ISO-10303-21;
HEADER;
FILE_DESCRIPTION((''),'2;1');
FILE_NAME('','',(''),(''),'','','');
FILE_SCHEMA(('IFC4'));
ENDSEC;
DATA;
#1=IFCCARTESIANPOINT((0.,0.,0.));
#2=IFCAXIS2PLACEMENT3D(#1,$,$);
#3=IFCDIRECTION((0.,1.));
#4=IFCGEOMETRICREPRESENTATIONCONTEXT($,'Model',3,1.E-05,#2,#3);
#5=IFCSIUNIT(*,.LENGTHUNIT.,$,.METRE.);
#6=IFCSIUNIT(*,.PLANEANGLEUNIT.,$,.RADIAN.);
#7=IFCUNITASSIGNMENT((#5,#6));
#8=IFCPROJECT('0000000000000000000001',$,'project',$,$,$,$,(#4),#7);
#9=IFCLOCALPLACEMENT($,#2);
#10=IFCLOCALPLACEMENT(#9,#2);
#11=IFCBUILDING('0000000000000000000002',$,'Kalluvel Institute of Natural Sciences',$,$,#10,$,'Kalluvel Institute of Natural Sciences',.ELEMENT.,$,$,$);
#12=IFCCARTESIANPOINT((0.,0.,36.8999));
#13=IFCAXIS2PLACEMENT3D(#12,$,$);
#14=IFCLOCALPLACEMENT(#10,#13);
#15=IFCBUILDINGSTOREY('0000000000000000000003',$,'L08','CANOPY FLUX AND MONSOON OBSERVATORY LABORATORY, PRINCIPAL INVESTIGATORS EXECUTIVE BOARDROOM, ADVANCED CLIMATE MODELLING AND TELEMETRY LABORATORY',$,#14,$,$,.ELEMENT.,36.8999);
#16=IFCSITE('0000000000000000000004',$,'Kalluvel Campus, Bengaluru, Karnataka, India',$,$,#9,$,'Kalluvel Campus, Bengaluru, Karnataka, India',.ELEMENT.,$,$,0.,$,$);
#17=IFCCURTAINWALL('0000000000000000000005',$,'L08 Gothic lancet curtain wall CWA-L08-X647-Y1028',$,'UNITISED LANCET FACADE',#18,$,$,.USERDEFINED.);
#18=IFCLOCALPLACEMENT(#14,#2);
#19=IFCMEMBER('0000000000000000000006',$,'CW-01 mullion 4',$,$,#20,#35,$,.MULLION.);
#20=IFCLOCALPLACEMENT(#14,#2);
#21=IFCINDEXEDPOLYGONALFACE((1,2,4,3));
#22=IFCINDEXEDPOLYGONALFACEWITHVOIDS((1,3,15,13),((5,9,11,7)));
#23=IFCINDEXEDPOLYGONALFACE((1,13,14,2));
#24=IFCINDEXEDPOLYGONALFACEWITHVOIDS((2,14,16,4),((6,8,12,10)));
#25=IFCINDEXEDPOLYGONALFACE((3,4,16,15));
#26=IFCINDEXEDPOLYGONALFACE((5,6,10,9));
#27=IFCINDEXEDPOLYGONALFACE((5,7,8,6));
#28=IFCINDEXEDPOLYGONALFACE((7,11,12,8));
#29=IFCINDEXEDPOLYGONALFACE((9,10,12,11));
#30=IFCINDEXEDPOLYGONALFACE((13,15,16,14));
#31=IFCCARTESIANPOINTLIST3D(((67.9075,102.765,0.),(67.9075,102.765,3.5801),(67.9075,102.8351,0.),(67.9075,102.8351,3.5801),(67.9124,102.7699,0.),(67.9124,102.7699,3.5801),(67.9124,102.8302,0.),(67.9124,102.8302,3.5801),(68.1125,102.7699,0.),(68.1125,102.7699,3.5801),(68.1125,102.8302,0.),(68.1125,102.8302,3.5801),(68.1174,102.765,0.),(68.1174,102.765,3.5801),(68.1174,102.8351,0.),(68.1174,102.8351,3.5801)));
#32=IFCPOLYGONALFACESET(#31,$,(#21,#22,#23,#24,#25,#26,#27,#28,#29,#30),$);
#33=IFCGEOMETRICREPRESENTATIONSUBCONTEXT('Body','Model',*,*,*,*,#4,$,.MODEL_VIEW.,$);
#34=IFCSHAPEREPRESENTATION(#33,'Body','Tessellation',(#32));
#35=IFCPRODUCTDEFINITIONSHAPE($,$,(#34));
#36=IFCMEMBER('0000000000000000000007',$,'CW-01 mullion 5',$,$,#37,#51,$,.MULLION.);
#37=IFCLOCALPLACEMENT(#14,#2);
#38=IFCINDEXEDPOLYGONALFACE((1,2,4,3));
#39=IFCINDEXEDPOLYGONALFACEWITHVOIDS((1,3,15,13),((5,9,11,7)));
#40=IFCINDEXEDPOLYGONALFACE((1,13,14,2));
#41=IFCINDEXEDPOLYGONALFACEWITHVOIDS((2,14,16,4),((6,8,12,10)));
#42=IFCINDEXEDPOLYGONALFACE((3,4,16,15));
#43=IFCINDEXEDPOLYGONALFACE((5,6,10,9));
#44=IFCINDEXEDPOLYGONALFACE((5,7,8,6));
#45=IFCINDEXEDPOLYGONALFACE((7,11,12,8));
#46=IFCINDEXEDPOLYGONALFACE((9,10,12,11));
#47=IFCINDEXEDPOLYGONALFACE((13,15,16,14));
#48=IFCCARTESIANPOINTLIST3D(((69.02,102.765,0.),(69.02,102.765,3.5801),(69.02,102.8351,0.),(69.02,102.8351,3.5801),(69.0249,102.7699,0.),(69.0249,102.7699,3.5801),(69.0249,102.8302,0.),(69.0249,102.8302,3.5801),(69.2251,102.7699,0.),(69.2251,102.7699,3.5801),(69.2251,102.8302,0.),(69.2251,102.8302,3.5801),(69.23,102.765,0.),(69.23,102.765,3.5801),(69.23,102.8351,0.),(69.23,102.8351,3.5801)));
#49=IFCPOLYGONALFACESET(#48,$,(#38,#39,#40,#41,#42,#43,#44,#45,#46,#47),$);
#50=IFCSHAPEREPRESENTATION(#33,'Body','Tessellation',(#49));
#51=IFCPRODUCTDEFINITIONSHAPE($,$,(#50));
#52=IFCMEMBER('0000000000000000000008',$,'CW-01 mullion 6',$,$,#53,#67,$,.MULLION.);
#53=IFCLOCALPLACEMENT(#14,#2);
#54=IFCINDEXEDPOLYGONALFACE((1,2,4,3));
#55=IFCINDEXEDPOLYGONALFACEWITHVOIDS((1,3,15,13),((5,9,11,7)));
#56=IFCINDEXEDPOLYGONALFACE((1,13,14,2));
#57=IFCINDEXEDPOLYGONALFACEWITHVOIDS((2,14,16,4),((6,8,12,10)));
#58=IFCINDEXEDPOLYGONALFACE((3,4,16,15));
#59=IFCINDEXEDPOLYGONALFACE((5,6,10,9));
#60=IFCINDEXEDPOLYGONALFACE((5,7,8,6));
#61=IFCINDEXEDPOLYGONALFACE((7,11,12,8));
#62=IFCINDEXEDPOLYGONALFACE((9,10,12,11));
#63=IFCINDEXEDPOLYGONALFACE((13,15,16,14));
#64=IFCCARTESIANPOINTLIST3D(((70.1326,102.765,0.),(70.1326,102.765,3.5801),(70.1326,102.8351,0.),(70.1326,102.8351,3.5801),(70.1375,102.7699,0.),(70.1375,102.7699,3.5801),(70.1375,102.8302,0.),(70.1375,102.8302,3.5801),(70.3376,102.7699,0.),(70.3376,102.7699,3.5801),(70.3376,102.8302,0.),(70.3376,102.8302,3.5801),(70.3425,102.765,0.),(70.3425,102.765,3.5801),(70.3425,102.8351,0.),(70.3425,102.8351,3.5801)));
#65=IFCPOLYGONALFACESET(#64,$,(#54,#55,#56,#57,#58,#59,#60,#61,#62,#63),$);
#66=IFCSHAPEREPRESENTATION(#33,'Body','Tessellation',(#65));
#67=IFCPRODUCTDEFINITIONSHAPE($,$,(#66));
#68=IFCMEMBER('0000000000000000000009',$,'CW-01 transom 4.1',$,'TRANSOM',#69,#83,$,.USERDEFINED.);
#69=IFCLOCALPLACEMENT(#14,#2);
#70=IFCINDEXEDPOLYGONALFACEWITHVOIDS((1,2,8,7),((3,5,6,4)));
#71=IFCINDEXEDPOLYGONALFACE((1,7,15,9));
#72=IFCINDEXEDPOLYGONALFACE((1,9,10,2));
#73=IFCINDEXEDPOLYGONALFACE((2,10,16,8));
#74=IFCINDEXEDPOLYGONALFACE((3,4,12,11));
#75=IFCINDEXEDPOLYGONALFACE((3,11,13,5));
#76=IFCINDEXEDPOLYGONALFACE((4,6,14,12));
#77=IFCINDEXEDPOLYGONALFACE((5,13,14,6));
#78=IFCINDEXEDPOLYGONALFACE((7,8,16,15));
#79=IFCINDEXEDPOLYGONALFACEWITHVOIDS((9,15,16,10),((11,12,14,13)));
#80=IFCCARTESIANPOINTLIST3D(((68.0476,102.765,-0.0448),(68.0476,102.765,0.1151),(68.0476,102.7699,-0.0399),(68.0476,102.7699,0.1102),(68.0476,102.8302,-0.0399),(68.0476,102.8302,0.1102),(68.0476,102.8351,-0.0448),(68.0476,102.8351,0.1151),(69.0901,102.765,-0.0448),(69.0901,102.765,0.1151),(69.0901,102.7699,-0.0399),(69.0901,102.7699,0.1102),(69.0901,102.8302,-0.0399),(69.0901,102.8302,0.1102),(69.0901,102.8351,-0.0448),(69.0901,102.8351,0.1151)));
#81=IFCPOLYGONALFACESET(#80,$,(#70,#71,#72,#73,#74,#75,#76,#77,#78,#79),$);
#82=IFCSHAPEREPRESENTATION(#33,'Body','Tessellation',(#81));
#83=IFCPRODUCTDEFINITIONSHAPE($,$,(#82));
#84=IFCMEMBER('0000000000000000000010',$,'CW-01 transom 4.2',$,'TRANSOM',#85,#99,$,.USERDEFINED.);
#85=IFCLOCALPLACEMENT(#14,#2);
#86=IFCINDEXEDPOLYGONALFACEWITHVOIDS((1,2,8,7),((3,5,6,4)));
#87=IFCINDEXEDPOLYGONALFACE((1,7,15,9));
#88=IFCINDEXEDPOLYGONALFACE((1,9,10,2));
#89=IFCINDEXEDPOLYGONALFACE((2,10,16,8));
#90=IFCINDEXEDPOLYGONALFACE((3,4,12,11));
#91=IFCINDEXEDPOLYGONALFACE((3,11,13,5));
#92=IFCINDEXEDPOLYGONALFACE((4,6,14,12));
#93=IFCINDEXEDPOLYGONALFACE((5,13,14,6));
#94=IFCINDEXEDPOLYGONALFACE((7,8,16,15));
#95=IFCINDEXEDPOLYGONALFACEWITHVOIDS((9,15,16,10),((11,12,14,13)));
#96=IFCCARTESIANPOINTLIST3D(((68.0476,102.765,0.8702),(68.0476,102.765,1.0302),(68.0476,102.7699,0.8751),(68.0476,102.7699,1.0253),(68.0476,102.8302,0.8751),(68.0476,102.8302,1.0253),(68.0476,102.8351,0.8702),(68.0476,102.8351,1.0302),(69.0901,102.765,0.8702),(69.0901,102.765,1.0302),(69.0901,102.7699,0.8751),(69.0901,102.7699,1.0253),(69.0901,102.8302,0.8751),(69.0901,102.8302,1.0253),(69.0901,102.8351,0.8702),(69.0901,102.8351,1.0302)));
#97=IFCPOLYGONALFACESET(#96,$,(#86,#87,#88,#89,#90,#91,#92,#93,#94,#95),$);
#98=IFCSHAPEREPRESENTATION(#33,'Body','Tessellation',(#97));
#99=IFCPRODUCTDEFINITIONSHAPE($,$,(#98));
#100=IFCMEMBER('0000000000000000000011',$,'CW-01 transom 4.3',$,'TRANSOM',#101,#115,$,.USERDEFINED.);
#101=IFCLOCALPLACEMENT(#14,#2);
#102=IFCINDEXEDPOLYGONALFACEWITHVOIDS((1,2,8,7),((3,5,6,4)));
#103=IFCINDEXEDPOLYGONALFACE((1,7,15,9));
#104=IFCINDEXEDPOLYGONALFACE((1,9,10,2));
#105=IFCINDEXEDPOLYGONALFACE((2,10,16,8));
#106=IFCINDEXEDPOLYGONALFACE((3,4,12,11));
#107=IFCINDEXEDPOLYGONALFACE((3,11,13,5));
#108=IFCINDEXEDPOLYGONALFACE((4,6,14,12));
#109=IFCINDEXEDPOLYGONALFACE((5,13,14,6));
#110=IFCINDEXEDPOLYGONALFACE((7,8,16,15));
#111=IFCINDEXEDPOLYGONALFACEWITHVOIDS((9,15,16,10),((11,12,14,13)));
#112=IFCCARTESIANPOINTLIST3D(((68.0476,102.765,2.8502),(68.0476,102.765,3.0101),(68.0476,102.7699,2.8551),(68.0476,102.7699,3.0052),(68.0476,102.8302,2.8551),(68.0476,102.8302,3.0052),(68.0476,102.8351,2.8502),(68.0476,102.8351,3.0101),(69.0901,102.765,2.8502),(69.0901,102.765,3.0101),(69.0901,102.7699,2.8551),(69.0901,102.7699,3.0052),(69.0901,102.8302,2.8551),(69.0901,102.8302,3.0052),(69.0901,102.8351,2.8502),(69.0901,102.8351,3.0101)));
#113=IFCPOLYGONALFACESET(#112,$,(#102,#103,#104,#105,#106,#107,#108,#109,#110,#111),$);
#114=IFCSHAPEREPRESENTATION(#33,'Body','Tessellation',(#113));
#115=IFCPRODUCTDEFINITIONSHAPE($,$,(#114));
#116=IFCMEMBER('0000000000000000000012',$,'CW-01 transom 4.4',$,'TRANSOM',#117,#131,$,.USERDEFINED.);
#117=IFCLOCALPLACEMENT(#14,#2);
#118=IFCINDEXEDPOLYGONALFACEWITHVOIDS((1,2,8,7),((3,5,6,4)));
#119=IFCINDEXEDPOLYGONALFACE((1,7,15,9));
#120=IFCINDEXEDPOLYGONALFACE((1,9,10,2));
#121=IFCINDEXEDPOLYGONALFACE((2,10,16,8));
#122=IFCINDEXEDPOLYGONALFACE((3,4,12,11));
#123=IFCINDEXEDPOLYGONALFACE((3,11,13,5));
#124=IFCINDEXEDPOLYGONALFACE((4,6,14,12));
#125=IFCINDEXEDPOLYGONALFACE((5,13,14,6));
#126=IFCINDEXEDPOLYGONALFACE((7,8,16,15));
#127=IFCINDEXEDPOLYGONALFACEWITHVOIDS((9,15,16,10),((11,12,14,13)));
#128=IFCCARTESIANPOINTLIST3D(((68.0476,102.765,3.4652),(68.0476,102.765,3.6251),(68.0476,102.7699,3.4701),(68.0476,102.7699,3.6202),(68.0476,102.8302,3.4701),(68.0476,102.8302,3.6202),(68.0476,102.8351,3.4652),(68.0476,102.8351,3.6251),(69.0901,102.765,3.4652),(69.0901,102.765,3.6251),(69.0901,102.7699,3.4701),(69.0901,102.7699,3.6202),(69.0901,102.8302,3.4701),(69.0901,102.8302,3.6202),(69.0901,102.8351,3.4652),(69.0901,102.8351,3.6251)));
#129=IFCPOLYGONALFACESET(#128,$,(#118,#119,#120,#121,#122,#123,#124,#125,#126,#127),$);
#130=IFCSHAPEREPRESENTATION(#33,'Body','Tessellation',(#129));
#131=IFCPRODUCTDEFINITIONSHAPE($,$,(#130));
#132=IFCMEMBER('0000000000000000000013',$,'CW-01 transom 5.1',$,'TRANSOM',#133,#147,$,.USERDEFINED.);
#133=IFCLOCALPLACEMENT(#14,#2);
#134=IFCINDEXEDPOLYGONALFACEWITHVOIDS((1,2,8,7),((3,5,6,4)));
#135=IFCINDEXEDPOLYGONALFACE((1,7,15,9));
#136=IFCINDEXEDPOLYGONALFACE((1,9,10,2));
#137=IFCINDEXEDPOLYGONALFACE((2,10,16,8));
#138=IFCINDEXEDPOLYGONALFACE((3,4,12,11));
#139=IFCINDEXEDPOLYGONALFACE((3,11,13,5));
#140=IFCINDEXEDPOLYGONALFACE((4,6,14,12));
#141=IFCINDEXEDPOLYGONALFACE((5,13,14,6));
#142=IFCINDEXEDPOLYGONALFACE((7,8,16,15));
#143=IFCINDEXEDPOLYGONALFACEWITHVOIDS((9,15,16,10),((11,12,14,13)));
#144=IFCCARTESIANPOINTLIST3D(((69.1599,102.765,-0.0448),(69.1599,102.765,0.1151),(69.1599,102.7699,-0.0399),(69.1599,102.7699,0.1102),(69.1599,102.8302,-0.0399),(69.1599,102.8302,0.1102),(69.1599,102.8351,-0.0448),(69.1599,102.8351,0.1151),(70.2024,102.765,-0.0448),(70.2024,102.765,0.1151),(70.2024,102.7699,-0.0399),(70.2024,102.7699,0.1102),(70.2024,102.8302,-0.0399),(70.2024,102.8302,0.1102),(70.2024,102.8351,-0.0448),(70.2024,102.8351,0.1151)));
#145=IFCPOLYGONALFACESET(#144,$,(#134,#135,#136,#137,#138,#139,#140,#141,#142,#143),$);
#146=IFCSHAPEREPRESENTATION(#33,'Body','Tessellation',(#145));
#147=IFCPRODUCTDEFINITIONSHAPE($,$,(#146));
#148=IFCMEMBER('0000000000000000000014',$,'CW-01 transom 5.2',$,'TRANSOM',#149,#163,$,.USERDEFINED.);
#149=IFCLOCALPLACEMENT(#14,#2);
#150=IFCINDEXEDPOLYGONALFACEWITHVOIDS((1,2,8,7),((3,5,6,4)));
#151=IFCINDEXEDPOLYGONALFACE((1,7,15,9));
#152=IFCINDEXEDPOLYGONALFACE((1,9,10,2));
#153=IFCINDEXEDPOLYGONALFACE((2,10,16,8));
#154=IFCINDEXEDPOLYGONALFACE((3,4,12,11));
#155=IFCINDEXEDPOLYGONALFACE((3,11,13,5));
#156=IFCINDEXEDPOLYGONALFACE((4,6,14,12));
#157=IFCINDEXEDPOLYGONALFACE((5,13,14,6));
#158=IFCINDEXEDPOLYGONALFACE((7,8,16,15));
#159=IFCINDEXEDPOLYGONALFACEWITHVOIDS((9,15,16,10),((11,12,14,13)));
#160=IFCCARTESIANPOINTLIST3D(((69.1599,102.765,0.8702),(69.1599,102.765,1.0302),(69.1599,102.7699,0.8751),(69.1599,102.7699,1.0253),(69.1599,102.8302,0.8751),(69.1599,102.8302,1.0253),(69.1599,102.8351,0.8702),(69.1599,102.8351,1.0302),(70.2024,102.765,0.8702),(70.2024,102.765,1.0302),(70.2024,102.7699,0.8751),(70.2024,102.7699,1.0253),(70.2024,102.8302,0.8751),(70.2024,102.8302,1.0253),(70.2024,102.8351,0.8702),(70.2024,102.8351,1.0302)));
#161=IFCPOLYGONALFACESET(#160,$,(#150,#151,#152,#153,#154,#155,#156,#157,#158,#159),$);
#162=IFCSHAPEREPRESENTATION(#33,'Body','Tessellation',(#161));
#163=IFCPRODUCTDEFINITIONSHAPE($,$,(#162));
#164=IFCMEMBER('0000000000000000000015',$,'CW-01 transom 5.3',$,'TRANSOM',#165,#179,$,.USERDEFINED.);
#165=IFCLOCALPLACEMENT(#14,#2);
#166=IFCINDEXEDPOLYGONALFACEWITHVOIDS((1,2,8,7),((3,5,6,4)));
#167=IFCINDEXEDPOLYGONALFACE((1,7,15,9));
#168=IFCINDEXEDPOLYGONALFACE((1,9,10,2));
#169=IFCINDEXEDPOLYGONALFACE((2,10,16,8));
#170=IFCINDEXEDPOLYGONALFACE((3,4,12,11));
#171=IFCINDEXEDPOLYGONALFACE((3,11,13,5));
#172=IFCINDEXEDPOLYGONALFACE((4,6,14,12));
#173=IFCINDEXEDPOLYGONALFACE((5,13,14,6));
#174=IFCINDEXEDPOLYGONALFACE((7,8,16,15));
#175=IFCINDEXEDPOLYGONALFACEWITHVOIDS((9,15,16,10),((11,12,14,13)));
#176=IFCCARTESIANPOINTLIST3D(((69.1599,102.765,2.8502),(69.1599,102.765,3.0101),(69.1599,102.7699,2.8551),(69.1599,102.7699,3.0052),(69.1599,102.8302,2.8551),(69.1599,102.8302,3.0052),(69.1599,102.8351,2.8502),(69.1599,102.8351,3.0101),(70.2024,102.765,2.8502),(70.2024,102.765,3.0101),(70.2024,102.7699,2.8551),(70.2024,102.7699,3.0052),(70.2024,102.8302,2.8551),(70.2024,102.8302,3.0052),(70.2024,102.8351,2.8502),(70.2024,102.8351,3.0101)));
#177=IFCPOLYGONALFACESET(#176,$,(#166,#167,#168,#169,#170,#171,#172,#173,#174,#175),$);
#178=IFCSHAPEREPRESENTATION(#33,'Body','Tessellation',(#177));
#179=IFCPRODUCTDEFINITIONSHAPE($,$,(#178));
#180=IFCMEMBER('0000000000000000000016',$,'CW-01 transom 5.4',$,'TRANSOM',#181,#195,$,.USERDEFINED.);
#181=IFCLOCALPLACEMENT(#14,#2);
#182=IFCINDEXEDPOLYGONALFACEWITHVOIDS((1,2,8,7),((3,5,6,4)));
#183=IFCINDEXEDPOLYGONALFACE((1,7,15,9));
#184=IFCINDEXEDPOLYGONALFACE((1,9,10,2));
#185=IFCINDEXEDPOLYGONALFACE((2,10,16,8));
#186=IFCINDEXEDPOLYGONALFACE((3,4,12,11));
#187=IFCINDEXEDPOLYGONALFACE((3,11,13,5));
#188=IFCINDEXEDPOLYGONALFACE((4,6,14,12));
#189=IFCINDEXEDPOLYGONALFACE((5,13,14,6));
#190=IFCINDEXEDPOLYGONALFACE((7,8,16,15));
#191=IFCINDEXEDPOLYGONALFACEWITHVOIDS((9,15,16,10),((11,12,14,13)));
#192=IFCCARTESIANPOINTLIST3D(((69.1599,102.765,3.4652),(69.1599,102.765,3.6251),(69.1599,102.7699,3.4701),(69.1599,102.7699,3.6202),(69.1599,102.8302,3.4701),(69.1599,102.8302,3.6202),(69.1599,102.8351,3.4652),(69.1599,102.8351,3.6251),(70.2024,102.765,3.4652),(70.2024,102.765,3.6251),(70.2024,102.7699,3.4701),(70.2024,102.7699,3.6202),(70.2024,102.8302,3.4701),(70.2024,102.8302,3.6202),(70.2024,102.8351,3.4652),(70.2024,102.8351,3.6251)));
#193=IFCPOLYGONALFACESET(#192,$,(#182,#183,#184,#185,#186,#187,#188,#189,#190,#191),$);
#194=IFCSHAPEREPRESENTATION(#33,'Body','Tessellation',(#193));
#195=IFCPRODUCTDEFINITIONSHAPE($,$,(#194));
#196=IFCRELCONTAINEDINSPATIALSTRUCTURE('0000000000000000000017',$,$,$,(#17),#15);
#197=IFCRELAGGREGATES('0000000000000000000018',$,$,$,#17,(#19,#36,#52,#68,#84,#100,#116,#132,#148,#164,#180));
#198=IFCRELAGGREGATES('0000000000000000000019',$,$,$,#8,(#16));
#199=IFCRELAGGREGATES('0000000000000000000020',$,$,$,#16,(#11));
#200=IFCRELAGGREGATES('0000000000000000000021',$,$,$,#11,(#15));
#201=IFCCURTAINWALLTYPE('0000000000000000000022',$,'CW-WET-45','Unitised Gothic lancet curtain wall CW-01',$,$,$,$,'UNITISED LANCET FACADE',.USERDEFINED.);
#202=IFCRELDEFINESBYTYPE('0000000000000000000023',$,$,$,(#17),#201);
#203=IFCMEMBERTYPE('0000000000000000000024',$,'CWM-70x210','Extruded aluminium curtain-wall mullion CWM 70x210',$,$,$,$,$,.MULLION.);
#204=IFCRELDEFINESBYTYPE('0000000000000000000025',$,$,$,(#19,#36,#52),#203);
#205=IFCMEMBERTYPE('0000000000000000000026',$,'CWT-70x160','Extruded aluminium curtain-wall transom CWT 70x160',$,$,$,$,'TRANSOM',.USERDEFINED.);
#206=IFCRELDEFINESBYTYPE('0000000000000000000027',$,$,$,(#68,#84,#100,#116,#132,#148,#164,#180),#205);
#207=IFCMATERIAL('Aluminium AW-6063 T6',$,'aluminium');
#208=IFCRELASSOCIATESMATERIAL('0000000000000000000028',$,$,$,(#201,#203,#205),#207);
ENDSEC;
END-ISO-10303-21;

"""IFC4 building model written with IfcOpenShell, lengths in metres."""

from ifc_helpers import new_model, si_unit, direction, frame, origin, origin_2d, place, context, subcontext, project, spatial, hollow_rectangle, extrude, material, material_profile, profile_set, type_object, element, aggregate, save


model = new_model("IFC4")

# Units and contexts
model_context = context("Model", 3, precision=1e-05, world=origin(), true_north=direction((0.0, 1.0)))
body_context = subcontext(model_context, "Body", "Model", "MODEL_VIEW")
ifc_project = project(units=[si_unit("LENGTHUNIT", "METRE"), si_unit("PLANEANGLEUNIT", "RADIAN")], contexts=[model_context])

# Site, building, storey
site_placement = place(None, origin())
site = spatial("IfcSite", under=ifc_project, at=site_placement, Name="Kalluvel Campus, Bengaluru, Karnataka, India", LongName="Kalluvel Campus, Bengaluru, Karnataka, India", CompositionType="ELEMENT", RefElevation=0.0)
building_placement = place(site_placement, origin())
building = spatial("IfcBuilding", under=site, at=building_placement, Name="Kalluvel Institute of Natural Sciences", LongName="Kalluvel Institute of Natural Sciences", CompositionType="ELEMENT")
storey_placement = place(building_placement, frame((0.0, 0.0, 36.8999)))
storey = spatial("IfcBuildingStorey", under=building, at=storey_placement, Name="L08", Description="CANOPY FLUX AND MONSOON OBSERVATORY LABORATORY, PRINCIPAL INVESTIGATORS EXECUTIVE BOARDROOM, ADVANCED CLIMATE MODELLING AND TELEMETRY LABORATORY", CompositionType="ELEMENT", Elevation=36.8999)

# Curtain wall, members
ifc_material_1 = material(Name="Aluminium AW-6063 T6", Category="aluminium")
curtain_wall_type = type_object("IfcCurtainWallType", Name="CW-WET-45", Description="Unitised Gothic lancet curtain wall CW-01", ElementType="UNITISED LANCET FACADE", PredefinedType="USERDEFINED", material=ifc_material_1)
curtain_wall_placement = place(storey_placement, origin())
curtain_wall = element("IfcCurtainWall", 1, at=curtain_wall_placement, inside=storey, type_object=curtain_wall_type, Name="L08 Gothic lancet curtain wall CWA-L08-X647-Y1028", ObjectType="UNITISED LANCET FACADE", PredefinedType="USERDEFINED")
ifc_material_profile_1 = material_profile(ifc_material_1, hollow_rectangle(XDim=0.0701, YDim=0.21, WallThickness=0.0049, at=origin_2d()), Name="CWM 70x210")
ifc_profile_set_1 = profile_set([ifc_material_profile_1], Name="Aluminium AW-6063 T6")
member_type_1 = type_object("IfcMemberType", Name="CWM-70x210", Description="Extruded aluminium curtain-wall mullion CWM 70x210", PredefinedType="MULLION", material=ifc_profile_set_1)
member_1_placement = place(storey_placement, frame((68.0125, 102.8, 0.0), z_axis=(0.0, 0.0, 1.0), x_axis=(0.0, 1.0, 0.0)))
member_1 = element("IfcMember", 2, at=member_1_placement, type_object=member_type_1, Name="CW-01 mullion 4", PredefinedType="MULLION", context=body_context, shape_type="SweptSolid", body=[
    extrude(hollow_rectangle(XDim=0.0701, YDim=0.21, WallThickness=0.0049, at=origin_2d()), origin(), (0.0, 0.0, 1.0), 3.5801),
])
member_2_placement = place(storey_placement, frame((69.125, 102.8, 0.0), z_axis=(0.0, 0.0, 1.0), x_axis=(0.0, 1.0, 0.0)))
member_2 = element("IfcMember", 3, at=member_2_placement, type_object=member_type_1, Name="CW-01 mullion 5", PredefinedType="MULLION", context=body_context, shape_type="SweptSolid", body=[
    extrude(hollow_rectangle(XDim=0.0701, YDim=0.21, WallThickness=0.0049, at=origin_2d()), origin(), (0.0, 0.0, 1.0), 3.5801),
])
member_3_placement = place(storey_placement, frame((70.2375, 102.8, 0.0), z_axis=(0.0, 0.0, 1.0), x_axis=(0.0, 1.0, 0.0)))
member_3 = element("IfcMember", 4, at=member_3_placement, type_object=member_type_1, Name="CW-01 mullion 6", PredefinedType="MULLION", context=body_context, shape_type="SweptSolid", body=[
    extrude(hollow_rectangle(XDim=0.0701, YDim=0.21, WallThickness=0.0049, at=origin_2d()), origin(), (0.0, 0.0, 1.0), 3.5801),
])
ifc_material_profile_2 = material_profile(ifc_material_1, hollow_rectangle(XDim=0.0701, YDim=0.1599, WallThickness=0.0049, at=origin_2d()), Name="CWT 70x160")
ifc_profile_set_2 = profile_set([ifc_material_profile_2], Name="Aluminium AW-6063 T6")
member_type_2 = type_object("IfcMemberType", Name="CWT-70x160", Description="Extruded aluminium curtain-wall transom CWT 70x160", ElementType="TRANSOM", PredefinedType="USERDEFINED", material=ifc_profile_set_2)
member_4_placement = place(storey_placement, frame((68.0476, 102.8, 0.0352), z_axis=(1.0, 0.0, 0.0), x_axis=(0.0, 1.0, 0.0)))
member_4 = element("IfcMember", 5, at=member_4_placement, type_object=member_type_2, Name="CW-01 transom 4.1", ObjectType="TRANSOM", PredefinedType="USERDEFINED", context=body_context, shape_type="SweptSolid", body=[
    extrude(hollow_rectangle(XDim=0.0701, YDim=0.1599, WallThickness=0.0049, at=origin_2d()), origin(), (0.0, 0.0, 1.0), 1.0425),
])
member_5_placement = place(storey_placement, frame((68.0476, 102.8, 0.9502), z_axis=(1.0, 0.0, 0.0), x_axis=(0.0, 1.0, 0.0)))
member_5 = element("IfcMember", 6, at=member_5_placement, type_object=member_type_2, Name="CW-01 transom 4.2", ObjectType="TRANSOM", PredefinedType="USERDEFINED", context=body_context, shape_type="SweptSolid", body=[
    extrude(hollow_rectangle(XDim=0.0701, YDim=0.1599, WallThickness=0.0049, at=origin_2d()), origin(), (0.0, 0.0, 1.0), 1.0425),
])
member_6_placement = place(storey_placement, frame((68.0476, 102.8, 2.9302), z_axis=(1.0, 0.0, 0.0), x_axis=(0.0, 1.0, 0.0)))
member_6 = element("IfcMember", 7, at=member_6_placement, type_object=member_type_2, Name="CW-01 transom 4.3", ObjectType="TRANSOM", PredefinedType="USERDEFINED", context=body_context, shape_type="SweptSolid", body=[
    extrude(hollow_rectangle(XDim=0.0701, YDim=0.1599, WallThickness=0.0049, at=origin_2d()), origin(), (0.0, 0.0, 1.0), 1.0425),
])
member_7_placement = place(storey_placement, frame((68.0476, 102.8, 3.5452), z_axis=(1.0, 0.0, 0.0), x_axis=(0.0, 1.0, 0.0)))
member_7 = element("IfcMember", 8, at=member_7_placement, type_object=member_type_2, Name="CW-01 transom 4.4", ObjectType="TRANSOM", PredefinedType="USERDEFINED", context=body_context, shape_type="SweptSolid", body=[
    extrude(hollow_rectangle(XDim=0.0701, YDim=0.1599, WallThickness=0.0049, at=origin_2d()), origin(), (0.0, 0.0, 1.0), 1.0425),
])
member_8_placement = place(storey_placement, frame((69.1599, 102.8, 0.0352), z_axis=(1.0, 0.0, 0.0), x_axis=(0.0, 1.0, 0.0)))
member_8 = element("IfcMember", 9, at=member_8_placement, type_object=member_type_2, Name="CW-01 transom 5.1", ObjectType="TRANSOM", PredefinedType="USERDEFINED", context=body_context, shape_type="SweptSolid", body=[
    extrude(hollow_rectangle(XDim=0.0701, YDim=0.1599, WallThickness=0.0049, at=origin_2d()), origin(), (0.0, 0.0, 1.0), 1.0425),
])
member_9_placement = place(storey_placement, frame((69.1599, 102.8, 0.9502), z_axis=(1.0, 0.0, 0.0), x_axis=(0.0, 1.0, 0.0)))
member_9 = element("IfcMember", 10, at=member_9_placement, type_object=member_type_2, Name="CW-01 transom 5.2", ObjectType="TRANSOM", PredefinedType="USERDEFINED", context=body_context, shape_type="SweptSolid", body=[
    extrude(hollow_rectangle(XDim=0.0701, YDim=0.1599, WallThickness=0.0049, at=origin_2d()), origin(), (0.0, 0.0, 1.0), 1.0425),
])
member_10_placement = place(storey_placement, frame((69.1599, 102.8, 2.9302), z_axis=(1.0, 0.0, 0.0), x_axis=(0.0, 1.0, 0.0)))
member_10 = element("IfcMember", 11, at=member_10_placement, type_object=member_type_2, Name="CW-01 transom 5.3", ObjectType="TRANSOM", PredefinedType="USERDEFINED", context=body_context, shape_type="SweptSolid", body=[
    extrude(hollow_rectangle(XDim=0.0701, YDim=0.1599, WallThickness=0.0049, at=origin_2d()), origin(), (0.0, 0.0, 1.0), 1.0425),
])
member_11_placement = place(storey_placement, frame((69.1599, 102.8, 3.5452), z_axis=(1.0, 0.0, 0.0), x_axis=(0.0, 1.0, 0.0)))
member_11 = element("IfcMember", 12, at=member_11_placement, type_object=member_type_2, Name="CW-01 transom 5.4", ObjectType="TRANSOM", PredefinedType="USERDEFINED", context=body_context, shape_type="SweptSolid", body=[
    extrude(hollow_rectangle(XDim=0.0701, YDim=0.1599, WallThickness=0.0049, at=origin_2d()), origin(), (0.0, 0.0, 1.0), 1.0425),
])
aggregate(curtain_wall, [member_1, member_2, member_3, member_4, member_5, member_6, member_7, member_8, member_9, member_10, member_11])

save(model, "model.ifc")
